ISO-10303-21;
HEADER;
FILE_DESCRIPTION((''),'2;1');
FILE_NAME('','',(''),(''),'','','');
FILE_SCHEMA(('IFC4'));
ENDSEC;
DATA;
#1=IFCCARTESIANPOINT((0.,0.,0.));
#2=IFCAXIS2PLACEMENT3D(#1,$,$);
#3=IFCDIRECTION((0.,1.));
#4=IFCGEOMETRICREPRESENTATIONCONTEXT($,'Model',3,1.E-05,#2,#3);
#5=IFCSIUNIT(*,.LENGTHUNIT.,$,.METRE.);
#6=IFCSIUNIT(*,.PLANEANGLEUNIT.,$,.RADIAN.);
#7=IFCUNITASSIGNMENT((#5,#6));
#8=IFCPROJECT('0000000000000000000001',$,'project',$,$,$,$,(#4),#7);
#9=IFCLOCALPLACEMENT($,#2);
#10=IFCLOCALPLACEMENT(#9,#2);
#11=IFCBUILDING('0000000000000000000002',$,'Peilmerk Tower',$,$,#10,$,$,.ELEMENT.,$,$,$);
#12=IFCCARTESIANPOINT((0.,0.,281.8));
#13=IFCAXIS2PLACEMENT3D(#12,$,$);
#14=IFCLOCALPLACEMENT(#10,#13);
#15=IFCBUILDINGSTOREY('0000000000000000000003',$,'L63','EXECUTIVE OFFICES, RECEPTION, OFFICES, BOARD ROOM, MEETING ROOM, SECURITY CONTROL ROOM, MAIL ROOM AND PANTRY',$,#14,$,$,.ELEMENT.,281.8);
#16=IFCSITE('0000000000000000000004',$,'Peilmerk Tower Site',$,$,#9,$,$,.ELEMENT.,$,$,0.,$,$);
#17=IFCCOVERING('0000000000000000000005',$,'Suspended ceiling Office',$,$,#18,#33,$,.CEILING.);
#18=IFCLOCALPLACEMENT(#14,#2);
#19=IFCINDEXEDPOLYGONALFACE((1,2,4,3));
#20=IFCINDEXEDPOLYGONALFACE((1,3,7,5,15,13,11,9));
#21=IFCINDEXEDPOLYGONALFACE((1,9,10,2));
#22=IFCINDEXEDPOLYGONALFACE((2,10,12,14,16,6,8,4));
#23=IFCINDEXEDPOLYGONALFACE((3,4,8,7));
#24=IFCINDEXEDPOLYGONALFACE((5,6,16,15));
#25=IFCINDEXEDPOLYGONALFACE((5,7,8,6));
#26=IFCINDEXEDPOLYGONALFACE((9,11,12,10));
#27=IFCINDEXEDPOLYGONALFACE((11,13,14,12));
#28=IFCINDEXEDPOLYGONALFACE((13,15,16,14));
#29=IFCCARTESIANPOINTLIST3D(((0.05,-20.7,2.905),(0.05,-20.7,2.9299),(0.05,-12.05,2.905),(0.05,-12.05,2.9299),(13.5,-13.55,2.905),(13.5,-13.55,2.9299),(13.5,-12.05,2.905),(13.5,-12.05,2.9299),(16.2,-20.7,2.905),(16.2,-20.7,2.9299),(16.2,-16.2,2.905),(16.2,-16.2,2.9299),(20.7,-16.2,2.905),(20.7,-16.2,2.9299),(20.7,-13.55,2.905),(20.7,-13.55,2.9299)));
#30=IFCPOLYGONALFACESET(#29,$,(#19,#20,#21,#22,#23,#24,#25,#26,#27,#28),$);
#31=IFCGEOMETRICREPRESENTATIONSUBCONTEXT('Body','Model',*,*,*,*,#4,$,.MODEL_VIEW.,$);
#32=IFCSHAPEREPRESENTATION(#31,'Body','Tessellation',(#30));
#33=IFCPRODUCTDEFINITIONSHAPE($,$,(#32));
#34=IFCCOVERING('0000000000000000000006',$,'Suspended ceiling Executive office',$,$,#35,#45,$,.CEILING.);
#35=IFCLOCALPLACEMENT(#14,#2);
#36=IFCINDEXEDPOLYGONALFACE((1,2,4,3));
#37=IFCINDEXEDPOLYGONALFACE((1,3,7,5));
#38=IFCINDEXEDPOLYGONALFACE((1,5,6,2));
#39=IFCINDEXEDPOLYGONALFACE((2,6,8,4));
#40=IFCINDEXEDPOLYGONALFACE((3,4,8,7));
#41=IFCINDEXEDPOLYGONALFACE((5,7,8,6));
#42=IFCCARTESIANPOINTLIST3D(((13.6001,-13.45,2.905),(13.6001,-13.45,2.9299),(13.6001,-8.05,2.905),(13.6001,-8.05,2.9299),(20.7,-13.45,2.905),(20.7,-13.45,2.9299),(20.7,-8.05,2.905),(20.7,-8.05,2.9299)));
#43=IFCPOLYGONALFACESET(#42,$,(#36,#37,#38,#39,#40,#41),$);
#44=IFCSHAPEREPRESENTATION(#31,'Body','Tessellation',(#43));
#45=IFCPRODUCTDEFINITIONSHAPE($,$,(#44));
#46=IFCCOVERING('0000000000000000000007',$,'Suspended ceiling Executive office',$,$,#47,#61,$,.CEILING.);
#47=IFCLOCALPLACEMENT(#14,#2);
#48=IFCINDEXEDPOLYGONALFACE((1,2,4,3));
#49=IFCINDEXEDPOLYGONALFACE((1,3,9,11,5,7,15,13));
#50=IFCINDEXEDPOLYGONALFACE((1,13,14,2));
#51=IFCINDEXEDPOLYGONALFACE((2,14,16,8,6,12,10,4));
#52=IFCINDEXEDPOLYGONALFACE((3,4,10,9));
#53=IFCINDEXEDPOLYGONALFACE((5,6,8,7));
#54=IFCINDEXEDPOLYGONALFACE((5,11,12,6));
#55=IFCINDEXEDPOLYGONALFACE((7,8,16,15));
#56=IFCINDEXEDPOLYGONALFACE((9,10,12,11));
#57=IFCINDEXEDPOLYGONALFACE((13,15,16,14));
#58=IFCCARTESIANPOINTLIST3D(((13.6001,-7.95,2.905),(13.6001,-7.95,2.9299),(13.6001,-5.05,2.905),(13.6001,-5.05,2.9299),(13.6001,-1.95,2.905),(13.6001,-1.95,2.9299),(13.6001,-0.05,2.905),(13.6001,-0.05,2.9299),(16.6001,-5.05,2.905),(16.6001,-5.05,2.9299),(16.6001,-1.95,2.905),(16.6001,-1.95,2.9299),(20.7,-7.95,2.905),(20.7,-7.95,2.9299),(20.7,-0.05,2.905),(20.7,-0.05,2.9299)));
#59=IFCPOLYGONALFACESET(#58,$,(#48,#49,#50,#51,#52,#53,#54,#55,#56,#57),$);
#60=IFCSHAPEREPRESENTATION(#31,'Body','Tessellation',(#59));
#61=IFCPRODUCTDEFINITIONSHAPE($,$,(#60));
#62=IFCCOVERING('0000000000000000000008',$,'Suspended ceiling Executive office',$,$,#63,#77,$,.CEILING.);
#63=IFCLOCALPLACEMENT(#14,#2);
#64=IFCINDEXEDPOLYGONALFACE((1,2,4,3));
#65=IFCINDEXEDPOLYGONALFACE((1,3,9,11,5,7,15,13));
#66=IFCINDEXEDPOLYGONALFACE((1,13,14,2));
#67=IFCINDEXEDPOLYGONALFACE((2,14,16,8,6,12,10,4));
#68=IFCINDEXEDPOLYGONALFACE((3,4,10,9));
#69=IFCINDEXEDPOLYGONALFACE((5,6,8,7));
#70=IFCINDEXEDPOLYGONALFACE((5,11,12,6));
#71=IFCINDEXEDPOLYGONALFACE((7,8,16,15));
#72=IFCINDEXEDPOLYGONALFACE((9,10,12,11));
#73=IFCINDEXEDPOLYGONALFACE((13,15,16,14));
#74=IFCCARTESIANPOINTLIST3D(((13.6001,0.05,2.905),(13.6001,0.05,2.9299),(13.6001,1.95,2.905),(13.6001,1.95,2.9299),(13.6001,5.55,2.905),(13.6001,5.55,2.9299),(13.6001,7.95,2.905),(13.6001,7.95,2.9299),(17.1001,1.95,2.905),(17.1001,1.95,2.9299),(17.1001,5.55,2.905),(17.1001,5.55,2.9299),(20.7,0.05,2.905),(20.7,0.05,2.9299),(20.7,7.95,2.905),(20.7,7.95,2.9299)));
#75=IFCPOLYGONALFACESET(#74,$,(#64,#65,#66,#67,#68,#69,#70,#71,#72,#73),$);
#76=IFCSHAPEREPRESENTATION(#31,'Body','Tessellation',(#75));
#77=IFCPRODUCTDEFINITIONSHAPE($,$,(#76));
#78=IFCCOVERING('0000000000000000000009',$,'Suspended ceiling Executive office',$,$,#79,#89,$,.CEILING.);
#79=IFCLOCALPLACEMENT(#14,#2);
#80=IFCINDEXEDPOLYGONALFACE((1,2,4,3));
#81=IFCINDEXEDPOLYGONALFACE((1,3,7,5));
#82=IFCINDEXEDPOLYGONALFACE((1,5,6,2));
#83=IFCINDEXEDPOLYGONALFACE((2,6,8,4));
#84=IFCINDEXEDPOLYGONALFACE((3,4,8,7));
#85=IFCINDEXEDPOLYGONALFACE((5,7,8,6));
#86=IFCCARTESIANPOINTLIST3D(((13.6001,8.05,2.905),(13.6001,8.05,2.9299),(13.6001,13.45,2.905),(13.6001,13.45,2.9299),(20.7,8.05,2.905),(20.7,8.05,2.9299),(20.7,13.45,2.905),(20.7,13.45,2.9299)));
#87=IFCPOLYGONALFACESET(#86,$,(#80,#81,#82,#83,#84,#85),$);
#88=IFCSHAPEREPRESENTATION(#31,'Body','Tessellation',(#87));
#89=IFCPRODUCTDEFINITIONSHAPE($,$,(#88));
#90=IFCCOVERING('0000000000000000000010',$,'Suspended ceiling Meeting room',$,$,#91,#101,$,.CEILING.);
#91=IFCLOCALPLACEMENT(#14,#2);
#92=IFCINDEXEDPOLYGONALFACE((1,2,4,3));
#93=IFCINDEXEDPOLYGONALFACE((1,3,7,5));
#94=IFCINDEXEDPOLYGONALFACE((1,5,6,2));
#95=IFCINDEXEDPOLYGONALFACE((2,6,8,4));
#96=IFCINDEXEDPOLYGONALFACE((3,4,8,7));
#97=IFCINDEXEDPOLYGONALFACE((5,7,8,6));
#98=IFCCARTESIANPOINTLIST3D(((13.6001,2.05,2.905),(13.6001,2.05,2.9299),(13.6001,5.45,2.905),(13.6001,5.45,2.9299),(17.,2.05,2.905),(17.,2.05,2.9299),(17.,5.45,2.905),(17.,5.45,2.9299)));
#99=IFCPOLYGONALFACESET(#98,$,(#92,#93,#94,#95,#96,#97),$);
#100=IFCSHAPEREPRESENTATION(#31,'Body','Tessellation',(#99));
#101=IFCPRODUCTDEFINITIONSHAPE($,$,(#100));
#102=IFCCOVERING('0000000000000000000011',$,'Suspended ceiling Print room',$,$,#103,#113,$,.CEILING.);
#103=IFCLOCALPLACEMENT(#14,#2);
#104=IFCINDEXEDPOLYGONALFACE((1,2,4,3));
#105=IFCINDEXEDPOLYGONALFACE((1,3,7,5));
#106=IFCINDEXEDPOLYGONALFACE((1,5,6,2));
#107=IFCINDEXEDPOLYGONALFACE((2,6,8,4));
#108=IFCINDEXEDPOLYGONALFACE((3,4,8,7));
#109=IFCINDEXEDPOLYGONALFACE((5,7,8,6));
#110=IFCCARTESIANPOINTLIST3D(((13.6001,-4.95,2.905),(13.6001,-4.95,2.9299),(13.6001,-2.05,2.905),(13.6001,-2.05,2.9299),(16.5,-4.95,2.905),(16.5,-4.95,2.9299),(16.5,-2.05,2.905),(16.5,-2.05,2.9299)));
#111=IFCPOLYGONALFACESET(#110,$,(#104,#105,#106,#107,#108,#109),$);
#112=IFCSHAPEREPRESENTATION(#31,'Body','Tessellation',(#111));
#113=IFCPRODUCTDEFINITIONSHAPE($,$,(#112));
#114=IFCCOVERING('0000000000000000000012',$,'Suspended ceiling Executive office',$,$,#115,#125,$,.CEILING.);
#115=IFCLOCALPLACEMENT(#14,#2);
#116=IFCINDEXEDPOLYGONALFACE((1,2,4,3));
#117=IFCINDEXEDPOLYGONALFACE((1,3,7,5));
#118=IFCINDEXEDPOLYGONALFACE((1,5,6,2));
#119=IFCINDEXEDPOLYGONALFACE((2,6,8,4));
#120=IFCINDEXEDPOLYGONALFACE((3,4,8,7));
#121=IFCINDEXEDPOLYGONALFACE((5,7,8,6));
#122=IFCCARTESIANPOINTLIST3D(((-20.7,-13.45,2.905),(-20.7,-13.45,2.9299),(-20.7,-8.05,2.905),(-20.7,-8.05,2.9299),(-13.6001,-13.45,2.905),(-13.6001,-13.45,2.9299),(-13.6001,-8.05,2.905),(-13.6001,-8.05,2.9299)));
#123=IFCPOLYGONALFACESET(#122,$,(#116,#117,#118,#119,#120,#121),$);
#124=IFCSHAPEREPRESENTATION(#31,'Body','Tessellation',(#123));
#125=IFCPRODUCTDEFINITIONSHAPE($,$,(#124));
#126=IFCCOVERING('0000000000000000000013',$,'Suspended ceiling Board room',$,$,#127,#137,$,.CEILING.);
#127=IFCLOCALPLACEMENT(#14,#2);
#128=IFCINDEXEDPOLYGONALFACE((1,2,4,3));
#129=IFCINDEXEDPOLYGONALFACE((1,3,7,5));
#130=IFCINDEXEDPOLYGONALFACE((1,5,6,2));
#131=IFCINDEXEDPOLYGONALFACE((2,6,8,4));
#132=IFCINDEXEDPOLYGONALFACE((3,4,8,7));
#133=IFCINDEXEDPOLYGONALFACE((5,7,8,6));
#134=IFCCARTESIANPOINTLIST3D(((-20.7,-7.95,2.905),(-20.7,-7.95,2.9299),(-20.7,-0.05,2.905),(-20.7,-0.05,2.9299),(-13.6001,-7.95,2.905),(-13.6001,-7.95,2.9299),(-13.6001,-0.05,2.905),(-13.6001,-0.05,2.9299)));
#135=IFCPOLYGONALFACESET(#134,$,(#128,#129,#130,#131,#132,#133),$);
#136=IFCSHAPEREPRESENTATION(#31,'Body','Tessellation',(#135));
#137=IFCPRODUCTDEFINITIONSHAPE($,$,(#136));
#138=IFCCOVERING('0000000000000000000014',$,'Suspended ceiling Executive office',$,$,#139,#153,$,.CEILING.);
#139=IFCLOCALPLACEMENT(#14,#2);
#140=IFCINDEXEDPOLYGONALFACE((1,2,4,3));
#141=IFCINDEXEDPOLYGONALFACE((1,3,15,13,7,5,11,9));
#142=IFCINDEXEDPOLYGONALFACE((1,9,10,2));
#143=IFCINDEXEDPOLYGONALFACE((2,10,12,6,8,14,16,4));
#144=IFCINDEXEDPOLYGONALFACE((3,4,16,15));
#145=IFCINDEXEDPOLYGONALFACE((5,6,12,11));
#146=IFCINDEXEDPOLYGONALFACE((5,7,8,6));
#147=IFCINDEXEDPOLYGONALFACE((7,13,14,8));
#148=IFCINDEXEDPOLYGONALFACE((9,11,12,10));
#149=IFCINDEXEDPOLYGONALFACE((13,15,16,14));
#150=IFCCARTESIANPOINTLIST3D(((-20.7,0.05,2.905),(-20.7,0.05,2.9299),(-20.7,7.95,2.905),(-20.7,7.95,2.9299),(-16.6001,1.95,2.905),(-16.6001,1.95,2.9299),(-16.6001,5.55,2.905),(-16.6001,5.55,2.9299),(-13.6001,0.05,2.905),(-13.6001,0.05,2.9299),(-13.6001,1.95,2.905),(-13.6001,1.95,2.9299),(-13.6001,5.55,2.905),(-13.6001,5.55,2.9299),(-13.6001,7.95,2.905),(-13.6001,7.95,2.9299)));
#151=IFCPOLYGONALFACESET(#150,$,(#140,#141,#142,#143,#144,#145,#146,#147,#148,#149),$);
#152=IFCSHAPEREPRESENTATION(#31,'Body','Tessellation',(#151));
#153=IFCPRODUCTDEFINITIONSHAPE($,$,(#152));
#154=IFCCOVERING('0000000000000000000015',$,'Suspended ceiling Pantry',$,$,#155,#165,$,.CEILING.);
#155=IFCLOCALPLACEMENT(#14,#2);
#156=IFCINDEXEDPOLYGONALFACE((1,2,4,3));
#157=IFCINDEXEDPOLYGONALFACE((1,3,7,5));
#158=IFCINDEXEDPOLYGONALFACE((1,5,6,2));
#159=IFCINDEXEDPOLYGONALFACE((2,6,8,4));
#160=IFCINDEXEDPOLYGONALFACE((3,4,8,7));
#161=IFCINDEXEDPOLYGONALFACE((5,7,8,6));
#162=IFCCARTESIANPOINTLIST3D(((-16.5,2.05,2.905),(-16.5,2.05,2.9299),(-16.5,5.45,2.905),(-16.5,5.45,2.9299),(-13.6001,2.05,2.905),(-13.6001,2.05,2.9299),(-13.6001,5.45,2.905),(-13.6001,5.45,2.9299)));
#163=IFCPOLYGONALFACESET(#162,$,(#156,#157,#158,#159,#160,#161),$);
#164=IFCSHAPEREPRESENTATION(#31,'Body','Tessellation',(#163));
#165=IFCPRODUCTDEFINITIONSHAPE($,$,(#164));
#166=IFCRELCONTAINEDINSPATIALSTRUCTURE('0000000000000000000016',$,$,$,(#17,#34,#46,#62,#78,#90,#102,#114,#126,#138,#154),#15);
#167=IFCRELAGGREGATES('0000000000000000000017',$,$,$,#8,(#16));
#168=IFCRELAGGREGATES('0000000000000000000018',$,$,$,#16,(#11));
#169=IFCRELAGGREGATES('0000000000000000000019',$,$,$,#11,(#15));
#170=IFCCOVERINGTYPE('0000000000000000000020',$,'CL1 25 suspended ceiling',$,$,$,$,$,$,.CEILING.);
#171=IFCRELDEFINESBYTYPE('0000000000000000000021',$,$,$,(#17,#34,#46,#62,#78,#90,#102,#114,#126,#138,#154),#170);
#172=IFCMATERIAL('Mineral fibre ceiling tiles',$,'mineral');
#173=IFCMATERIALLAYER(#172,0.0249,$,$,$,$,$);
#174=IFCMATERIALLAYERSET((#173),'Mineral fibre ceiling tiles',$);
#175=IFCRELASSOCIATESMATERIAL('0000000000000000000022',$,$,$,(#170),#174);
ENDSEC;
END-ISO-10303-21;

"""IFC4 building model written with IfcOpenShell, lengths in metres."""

from ifc_helpers import new_model, si_unit, direction, frame, origin, place, context, subcontext, project, spatial, polyline, outline, extrude, material, layer, layer_set, type_object, element, save


model = new_model("IFC4")

# Units and contexts
model_context = context("Model", 3, precision=1e-05, world=origin(), true_north=direction((0.0, 1.0)))
body_context = subcontext(model_context, "Body", "Model", "MODEL_VIEW")
ifc_project = project(units=[si_unit("LENGTHUNIT", "METRE"), si_unit("PLANEANGLEUNIT", "RADIAN")], contexts=[model_context])

# Site, building, storey
site_placement = place(None, origin())
site = spatial("IfcSite", under=ifc_project, at=site_placement, Name="Peilmerk Tower Site", CompositionType="ELEMENT", RefElevation=0.0)
building_placement = place(site_placement, origin())
building = spatial("IfcBuilding", under=site, at=building_placement, Name="Peilmerk Tower", CompositionType="ELEMENT")
storey_placement = place(building_placement, frame((0.0, 0.0, 281.8)))
storey = spatial("IfcBuildingStorey", under=building, at=storey_placement, Name="L63", Description="EXECUTIVE OFFICES, RECEPTION, OFFICES, BOARD ROOM, MEETING ROOM, SECURITY CONTROL ROOM, MAIL ROOM AND PANTRY", CompositionType="ELEMENT", Elevation=281.8)

# Coverings
ifc_material_1 = material(Name="Mineral fibre ceiling tiles", Category="mineral")
ifc_layer_1 = layer(ifc_material_1, 0.0249)
ifc_layer_set_1 = layer_set([ifc_layer_1], Name="Mineral fibre ceiling tiles")
covering_type = type_object("IfcCoveringType", Name="CL1 25 suspended ceiling", PredefinedType="CEILING", material=ifc_layer_set_1)
covering_1_placement = place(storey_placement, frame((0.0, 0.0, 2.905)))
element("IfcCovering", 1, at=covering_1_placement, inside=storey, type_object=covering_type, Name="Suspended ceiling Office", PredefinedType="CEILING", context=body_context, shape_type="SweptSolid", body=[
    extrude(outline(polyline([(0.05, -20.7), (16.2, -20.7), (16.2, -16.2), (20.7, -16.2), (20.7, -13.55), (13.5, -13.55), (13.5, -12.05), (0.05, -12.05), (0.05, -20.7)])), origin(), (0.0, 0.0, 1.0), 0.0249),
])
covering_2_placement = place(storey_placement, frame((0.0, 0.0, 2.905)))
element("IfcCovering", 2, at=covering_2_placement, inside=storey, type_object=covering_type, Name="Suspended ceiling Executive office", PredefinedType="CEILING", context=body_context, shape_type="SweptSolid", body=[
    extrude(outline(polyline([(20.7, -13.45), (20.7, -8.05), (13.6001, -8.05), (13.6001, -13.45), (20.7, -13.45)])), origin(), (0.0, 0.0, 1.0), 0.0249),
])
covering_3_placement = place(storey_placement, frame((0.0, 0.0, 2.905)))
element("IfcCovering", 3, at=covering_3_placement, inside=storey, type_object=covering_type, Name="Suspended ceiling Executive office", PredefinedType="CEILING", context=body_context, shape_type="SweptSolid", body=[
    extrude(outline(polyline([(13.6001, -7.95), (20.7, -7.95), (20.7, -0.05), (13.6001, -0.05), (13.6001, -1.95), (16.6001, -1.95), (16.6001, -5.05), (13.6001, -5.05), (13.6001, -7.95)])), origin(), (0.0, 0.0, 1.0), 0.0249),
])
covering_4_placement = place(storey_placement, frame((0.0, 0.0, 2.905)))
element("IfcCovering", 4, at=covering_4_placement, inside=storey, type_object=covering_type, Name="Suspended ceiling Executive office", PredefinedType="CEILING", context=body_context, shape_type="SweptSolid", body=[
    extrude(outline(polyline([(13.6001, 0.05), (20.7, 0.05), (20.7, 7.95), (13.6001, 7.95), (13.6001, 5.55), (17.1001, 5.55), (17.1001, 1.95), (13.6001, 1.95), (13.6001, 0.05)])), origin(), (0.0, 0.0, 1.0), 0.0249),
])
covering_5_placement = place(storey_placement, frame((0.0, 0.0, 2.905)))
element("IfcCovering", 5, at=covering_5_placement, inside=storey, type_object=covering_type, Name="Suspended ceiling Executive office", PredefinedType="CEILING", context=body_context, shape_type="SweptSolid", body=[
    extrude(outline(polyline([(20.7, 8.05), (20.7, 13.45), (13.6001, 13.45), (13.6001, 8.05), (20.7, 8.05)])), origin(), (0.0, 0.0, 1.0), 0.0249),
])
covering_6_placement = place(storey_placement, frame((0.0, 0.0, 2.905)))
element("IfcCovering", 6, at=covering_6_placement, inside=storey, type_object=covering_type, Name="Suspended ceiling Meeting room", PredefinedType="CEILING", context=body_context, shape_type="SweptSolid", body=[
    extrude(outline(polyline([(17.0, 2.05), (17.0, 5.45), (13.6001, 5.45), (13.6001, 2.05), (17.0, 2.05)])), origin(), (0.0, 0.0, 1.0), 0.0249),
])
covering_7_placement = place(storey_placement, frame((0.0, 0.0, 2.905)))
element("IfcCovering", 7, at=covering_7_placement, inside=storey, type_object=covering_type, Name="Suspended ceiling Print room", PredefinedType="CEILING", context=body_context, shape_type="SweptSolid", body=[
    extrude(outline(polyline([(16.5, -4.95), (16.5, -2.05), (13.6001, -2.05), (13.6001, -4.95), (16.5, -4.95)])), origin(), (0.0, 0.0, 1.0), 0.0249),
])
covering_8_placement = place(storey_placement, frame((0.0, 0.0, 2.905)))
element("IfcCovering", 8, at=covering_8_placement, inside=storey, type_object=covering_type, Name="Suspended ceiling Executive office", PredefinedType="CEILING", context=body_context, shape_type="SweptSolid", body=[
    extrude(outline(polyline([(-20.7, -8.05), (-20.7, -13.45), (-13.6001, -13.45), (-13.6001, -8.05), (-20.7, -8.05)])), origin(), (0.0, 0.0, 1.0), 0.0249),
])
covering_9_placement = place(storey_placement, frame((0.0, 0.0, 2.905)))
element("IfcCovering", 9, at=covering_9_placement, inside=storey, type_object=covering_type, Name="Suspended ceiling Board room", PredefinedType="CEILING", context=body_context, shape_type="SweptSolid", body=[
    extrude(outline(polyline([(-20.7, -0.05), (-20.7, -7.95), (-13.6001, -7.95), (-13.6001, -0.05), (-20.7, -0.05)])), origin(), (0.0, 0.0, 1.0), 0.0249),
])
covering_10_placement = place(storey_placement, frame((0.0, 0.0, 2.905)))
element("IfcCovering", 10, at=covering_10_placement, inside=storey, type_object=covering_type, Name="Suspended ceiling Executive office", PredefinedType="CEILING", context=body_context, shape_type="SweptSolid", body=[
    extrude(outline(polyline([(-13.6001, 7.95), (-20.7, 7.95), (-20.7, 0.05), (-13.6001, 0.05), (-13.6001, 1.95), (-16.6001, 1.95), (-16.6001, 5.55), (-13.6001, 5.55), (-13.6001, 7.95)])), origin(), (0.0, 0.0, 1.0), 0.0249),
])
covering_11_placement = place(storey_placement, frame((0.0, 0.0, 2.905)))
element("IfcCovering", 11, at=covering_11_placement, inside=storey, type_object=covering_type, Name="Suspended ceiling Pantry", PredefinedType="CEILING", context=body_context, shape_type="SweptSolid", body=[
    extrude(outline(polyline([(-13.6001, 2.05), (-13.6001, 5.45), (-16.5, 5.45), (-16.5, 2.05), (-13.6001, 2.05)])), origin(), (0.0, 0.0, 1.0), 0.0249),
])

save(model, "model.ifc")
